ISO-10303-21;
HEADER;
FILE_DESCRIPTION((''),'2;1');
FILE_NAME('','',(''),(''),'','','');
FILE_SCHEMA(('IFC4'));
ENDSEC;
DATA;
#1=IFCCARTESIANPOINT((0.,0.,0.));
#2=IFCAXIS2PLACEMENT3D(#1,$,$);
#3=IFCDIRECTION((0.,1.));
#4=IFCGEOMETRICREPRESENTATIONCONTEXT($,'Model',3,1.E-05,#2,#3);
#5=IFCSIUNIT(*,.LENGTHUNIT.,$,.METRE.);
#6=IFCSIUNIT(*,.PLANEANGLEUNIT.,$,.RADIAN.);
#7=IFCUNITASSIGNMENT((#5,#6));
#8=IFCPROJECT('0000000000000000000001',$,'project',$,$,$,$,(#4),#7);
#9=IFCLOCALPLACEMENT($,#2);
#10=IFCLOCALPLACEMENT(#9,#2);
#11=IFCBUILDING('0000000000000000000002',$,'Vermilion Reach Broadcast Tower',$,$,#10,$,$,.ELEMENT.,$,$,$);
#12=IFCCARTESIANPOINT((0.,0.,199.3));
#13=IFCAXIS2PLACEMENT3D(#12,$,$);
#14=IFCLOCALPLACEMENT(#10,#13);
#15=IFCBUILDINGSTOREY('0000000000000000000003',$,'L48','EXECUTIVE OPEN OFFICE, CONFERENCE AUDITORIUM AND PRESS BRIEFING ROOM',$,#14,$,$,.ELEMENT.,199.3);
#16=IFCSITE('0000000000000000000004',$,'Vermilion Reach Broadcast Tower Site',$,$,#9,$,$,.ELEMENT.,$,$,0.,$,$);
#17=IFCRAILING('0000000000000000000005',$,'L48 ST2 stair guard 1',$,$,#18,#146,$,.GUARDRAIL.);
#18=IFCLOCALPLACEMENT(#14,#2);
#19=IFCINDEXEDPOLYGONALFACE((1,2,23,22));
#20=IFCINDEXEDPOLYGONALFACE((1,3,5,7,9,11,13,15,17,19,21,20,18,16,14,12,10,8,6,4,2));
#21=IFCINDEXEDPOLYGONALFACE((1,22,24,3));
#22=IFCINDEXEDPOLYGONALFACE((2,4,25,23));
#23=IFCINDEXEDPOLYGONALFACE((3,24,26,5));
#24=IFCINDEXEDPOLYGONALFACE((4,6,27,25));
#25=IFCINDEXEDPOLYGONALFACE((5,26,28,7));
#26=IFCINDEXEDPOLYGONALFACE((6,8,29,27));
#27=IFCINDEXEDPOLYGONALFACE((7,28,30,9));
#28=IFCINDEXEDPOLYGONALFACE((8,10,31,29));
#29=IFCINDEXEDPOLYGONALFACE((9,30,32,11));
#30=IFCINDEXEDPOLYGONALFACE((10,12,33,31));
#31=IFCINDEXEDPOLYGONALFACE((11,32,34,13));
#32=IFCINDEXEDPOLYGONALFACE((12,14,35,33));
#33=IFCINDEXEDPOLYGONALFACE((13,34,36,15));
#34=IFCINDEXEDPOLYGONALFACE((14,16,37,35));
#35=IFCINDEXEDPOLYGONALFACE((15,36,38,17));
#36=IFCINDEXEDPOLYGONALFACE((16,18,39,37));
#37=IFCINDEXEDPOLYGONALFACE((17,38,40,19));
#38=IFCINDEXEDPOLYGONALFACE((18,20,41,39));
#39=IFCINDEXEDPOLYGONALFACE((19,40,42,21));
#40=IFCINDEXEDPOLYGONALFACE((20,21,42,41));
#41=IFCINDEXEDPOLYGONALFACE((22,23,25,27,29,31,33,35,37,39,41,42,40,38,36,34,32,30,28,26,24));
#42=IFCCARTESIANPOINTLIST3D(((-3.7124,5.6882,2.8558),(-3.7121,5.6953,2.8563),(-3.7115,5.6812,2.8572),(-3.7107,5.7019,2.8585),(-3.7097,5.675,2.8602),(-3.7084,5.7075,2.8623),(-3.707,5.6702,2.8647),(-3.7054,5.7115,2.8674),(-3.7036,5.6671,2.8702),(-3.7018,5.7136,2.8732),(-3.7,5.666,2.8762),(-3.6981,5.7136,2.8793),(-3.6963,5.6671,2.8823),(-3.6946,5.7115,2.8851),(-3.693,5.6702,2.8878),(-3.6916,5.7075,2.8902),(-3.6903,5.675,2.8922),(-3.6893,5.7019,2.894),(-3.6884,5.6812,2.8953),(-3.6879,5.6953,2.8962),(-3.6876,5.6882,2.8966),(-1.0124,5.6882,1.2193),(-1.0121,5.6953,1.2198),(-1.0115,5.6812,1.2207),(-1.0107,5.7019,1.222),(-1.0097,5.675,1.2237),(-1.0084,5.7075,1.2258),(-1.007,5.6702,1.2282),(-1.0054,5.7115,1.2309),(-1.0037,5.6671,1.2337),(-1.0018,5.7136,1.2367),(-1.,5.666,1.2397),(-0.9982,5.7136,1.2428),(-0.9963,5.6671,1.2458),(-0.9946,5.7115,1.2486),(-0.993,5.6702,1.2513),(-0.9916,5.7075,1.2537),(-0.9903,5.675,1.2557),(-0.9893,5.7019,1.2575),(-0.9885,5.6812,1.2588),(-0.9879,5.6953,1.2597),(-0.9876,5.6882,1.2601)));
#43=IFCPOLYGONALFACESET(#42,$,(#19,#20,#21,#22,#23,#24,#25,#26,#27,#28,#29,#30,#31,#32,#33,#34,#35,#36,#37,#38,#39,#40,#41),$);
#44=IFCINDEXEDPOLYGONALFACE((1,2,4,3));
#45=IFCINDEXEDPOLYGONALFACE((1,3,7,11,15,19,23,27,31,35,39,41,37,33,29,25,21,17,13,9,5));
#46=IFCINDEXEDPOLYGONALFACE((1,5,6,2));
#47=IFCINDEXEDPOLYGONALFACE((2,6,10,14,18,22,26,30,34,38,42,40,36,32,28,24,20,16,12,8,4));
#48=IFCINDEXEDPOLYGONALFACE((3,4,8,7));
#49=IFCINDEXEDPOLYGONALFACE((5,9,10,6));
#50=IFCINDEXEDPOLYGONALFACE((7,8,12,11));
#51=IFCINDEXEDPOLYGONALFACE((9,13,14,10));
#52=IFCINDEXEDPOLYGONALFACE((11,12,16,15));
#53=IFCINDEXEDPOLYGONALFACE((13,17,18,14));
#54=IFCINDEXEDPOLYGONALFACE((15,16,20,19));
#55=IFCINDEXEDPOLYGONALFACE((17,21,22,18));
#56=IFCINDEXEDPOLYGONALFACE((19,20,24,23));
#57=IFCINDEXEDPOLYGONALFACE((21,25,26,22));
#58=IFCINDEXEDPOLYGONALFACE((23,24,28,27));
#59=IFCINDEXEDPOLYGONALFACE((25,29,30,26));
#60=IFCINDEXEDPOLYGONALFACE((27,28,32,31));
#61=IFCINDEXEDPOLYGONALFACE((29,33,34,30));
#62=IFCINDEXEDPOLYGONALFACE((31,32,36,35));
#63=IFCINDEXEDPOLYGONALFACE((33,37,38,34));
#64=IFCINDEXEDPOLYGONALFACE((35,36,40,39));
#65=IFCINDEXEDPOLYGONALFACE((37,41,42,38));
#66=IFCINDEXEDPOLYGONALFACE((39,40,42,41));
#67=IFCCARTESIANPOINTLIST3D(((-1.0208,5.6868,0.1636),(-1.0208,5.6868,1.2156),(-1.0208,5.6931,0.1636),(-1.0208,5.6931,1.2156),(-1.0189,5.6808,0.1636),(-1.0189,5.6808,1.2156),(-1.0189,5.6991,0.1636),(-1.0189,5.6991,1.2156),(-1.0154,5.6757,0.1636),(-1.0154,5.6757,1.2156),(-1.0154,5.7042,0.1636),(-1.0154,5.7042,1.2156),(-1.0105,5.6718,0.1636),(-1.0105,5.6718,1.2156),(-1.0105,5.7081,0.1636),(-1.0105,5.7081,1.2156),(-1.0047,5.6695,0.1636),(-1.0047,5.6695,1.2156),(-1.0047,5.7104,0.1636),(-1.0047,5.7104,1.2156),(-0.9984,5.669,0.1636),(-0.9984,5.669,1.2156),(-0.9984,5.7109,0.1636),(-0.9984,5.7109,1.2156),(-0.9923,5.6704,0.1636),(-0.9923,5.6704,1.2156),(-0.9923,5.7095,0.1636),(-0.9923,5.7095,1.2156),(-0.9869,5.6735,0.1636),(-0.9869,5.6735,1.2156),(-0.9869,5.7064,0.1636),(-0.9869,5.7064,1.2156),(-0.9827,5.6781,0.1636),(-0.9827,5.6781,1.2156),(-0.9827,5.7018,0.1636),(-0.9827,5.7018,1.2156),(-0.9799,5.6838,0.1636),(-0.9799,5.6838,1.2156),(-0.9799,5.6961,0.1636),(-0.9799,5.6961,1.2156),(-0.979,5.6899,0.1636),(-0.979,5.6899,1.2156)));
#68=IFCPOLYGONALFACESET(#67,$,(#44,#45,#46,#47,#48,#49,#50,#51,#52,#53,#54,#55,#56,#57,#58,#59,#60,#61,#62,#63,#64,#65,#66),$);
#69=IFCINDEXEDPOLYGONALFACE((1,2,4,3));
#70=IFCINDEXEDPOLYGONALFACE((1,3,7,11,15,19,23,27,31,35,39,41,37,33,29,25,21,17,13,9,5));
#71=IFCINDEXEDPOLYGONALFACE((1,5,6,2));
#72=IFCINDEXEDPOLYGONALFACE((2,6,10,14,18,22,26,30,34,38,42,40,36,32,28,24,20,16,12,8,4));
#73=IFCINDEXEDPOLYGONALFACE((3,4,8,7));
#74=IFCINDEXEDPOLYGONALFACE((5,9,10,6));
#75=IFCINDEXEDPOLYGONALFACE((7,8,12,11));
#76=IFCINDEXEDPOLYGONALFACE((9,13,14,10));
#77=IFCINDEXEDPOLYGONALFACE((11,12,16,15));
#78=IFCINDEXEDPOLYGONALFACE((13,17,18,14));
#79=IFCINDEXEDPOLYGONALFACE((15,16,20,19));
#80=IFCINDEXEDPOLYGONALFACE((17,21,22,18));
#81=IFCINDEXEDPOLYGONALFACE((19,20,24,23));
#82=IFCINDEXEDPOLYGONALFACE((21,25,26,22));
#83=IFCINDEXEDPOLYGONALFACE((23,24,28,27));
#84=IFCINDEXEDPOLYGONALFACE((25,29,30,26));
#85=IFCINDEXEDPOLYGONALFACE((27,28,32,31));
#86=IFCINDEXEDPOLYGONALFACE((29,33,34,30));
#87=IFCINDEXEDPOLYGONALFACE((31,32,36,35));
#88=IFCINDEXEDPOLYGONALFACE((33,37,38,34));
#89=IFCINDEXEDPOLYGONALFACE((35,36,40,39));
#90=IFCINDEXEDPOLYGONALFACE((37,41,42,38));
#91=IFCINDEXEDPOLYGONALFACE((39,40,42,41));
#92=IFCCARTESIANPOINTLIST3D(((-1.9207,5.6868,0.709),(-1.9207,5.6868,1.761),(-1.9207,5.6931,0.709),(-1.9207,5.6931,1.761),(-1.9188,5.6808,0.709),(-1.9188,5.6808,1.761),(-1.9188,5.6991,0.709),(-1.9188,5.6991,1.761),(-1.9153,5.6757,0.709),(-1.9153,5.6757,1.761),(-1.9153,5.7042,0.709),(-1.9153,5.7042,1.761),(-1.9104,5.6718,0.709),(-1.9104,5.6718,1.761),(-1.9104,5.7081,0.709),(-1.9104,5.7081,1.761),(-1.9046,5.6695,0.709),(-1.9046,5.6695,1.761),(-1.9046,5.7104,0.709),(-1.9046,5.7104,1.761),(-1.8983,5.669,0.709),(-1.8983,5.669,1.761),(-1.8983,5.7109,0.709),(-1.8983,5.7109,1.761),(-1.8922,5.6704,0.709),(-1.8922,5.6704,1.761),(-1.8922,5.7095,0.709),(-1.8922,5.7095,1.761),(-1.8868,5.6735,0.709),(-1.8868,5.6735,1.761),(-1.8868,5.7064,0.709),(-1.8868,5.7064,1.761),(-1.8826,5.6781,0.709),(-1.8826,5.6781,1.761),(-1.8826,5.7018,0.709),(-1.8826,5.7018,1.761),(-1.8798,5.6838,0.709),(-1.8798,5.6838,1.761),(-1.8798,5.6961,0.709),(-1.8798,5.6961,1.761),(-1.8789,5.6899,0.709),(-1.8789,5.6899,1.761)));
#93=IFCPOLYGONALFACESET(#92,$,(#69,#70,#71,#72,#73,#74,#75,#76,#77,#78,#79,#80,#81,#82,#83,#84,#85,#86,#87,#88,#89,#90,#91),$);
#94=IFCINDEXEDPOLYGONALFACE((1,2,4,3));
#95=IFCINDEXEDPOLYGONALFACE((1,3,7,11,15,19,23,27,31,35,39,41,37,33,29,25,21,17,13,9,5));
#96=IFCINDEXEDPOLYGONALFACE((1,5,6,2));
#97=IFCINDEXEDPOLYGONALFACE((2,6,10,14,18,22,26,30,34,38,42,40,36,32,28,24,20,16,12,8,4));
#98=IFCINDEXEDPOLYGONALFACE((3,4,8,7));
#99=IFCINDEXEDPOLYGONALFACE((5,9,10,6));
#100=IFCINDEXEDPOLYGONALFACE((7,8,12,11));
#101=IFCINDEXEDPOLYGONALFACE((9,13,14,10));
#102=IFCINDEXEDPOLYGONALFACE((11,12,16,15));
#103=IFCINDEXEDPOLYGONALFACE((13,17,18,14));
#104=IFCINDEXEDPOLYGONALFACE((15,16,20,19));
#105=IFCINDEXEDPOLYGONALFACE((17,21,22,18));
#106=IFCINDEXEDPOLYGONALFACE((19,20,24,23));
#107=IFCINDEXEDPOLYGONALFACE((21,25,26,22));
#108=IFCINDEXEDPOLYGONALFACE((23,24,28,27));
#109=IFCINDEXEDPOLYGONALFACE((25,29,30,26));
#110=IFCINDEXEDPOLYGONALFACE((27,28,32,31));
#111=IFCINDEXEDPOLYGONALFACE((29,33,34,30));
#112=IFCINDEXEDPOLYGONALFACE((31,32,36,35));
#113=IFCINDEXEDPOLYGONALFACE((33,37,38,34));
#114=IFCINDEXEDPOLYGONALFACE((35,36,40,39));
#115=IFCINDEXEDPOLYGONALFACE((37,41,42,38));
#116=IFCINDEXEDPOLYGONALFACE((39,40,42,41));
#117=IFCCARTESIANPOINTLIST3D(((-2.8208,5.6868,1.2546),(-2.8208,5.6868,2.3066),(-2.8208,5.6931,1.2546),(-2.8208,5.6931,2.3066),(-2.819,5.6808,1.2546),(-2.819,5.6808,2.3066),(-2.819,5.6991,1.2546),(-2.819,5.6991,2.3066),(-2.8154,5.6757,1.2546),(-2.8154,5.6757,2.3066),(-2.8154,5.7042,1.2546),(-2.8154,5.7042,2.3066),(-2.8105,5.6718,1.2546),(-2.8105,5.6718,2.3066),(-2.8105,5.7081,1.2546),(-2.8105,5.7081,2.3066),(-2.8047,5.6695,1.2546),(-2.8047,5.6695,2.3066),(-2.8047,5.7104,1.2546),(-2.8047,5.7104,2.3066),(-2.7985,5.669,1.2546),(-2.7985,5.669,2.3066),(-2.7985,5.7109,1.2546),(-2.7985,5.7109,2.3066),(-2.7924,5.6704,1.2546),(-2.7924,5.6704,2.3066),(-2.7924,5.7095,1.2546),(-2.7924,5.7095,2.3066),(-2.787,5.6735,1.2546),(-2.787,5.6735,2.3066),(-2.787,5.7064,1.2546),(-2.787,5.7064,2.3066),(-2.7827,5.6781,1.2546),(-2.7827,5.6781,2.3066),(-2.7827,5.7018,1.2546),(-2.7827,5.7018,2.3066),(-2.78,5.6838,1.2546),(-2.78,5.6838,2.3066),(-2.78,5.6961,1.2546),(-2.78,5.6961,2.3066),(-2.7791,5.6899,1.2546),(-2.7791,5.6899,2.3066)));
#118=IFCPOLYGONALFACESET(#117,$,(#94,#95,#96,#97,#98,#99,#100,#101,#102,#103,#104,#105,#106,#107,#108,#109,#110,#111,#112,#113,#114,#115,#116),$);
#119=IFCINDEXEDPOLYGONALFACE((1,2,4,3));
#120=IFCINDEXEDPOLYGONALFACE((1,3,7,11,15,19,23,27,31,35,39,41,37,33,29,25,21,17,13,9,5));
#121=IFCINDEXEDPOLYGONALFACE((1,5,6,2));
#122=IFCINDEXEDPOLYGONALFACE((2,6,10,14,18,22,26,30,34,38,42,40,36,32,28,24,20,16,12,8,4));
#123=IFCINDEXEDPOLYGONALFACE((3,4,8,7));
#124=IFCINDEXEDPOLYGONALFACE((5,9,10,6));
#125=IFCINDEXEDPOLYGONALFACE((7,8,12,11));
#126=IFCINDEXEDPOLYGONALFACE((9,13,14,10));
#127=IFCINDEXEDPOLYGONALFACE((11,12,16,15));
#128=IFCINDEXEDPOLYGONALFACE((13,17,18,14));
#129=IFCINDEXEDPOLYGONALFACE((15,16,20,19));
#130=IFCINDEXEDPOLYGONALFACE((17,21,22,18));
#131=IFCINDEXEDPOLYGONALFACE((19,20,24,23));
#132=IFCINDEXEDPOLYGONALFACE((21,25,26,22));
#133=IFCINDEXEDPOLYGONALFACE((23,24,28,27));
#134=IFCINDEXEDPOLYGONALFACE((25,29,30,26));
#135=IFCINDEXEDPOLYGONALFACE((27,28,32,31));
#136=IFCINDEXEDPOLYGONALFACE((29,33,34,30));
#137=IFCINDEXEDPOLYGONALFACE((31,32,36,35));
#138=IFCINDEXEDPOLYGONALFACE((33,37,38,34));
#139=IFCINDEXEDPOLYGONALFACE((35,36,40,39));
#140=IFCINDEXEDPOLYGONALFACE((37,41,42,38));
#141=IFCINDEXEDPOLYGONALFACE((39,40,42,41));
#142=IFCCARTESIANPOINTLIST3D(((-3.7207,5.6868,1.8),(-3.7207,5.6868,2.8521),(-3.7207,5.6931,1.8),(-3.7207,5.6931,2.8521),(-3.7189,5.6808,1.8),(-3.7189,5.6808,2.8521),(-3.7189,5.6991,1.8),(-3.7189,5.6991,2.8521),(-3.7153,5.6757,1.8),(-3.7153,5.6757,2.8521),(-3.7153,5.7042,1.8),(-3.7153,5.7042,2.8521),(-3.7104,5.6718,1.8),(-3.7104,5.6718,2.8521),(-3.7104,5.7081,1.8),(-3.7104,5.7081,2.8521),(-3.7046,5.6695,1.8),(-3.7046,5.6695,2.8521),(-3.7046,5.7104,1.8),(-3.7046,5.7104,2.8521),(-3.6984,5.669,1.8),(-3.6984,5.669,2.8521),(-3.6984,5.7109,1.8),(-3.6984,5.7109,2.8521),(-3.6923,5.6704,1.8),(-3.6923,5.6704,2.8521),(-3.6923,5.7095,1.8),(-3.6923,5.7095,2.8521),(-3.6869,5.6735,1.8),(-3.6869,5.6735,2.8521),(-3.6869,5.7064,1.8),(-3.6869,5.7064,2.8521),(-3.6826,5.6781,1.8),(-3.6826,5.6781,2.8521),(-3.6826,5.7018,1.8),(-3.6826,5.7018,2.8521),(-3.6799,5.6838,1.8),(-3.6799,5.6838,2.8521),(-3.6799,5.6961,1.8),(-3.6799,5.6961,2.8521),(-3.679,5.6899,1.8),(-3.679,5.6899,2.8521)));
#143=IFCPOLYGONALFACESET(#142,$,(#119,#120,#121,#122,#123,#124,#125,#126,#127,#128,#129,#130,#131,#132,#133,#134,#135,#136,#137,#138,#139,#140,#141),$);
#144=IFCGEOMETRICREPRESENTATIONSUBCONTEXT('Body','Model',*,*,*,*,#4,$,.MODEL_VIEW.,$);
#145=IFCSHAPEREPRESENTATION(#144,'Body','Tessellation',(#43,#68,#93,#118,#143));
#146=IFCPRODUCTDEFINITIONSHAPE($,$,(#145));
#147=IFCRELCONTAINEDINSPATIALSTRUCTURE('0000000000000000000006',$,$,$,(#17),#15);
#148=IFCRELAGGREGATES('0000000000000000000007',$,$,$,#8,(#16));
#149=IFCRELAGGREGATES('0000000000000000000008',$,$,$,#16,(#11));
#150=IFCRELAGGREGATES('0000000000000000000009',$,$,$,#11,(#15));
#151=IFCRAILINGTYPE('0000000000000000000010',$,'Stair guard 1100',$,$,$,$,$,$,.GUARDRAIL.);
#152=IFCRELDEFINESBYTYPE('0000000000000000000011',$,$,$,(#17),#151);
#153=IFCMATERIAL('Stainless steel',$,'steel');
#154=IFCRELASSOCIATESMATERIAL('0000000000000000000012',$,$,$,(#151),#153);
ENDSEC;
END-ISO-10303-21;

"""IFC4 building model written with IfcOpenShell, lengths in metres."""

from ifc_helpers import new_model, si_unit, direction, frame, origin, origin_2d, place, context, subcontext, project, spatial, circle, extrude, material, type_object, element, save


model = new_model("IFC4")

# Units and contexts
model_context = context("Model", 3, precision=1e-05, world=origin(), true_north=direction((0.0, 1.0)))
body_context = subcontext(model_context, "Body", "Model", "MODEL_VIEW")
ifc_project = project(units=[si_unit("LENGTHUNIT", "METRE"), si_unit("PLANEANGLEUNIT", "RADIAN")], contexts=[model_context])

# Site, building, storey
site_placement = place(None, origin())
site = spatial("IfcSite", under=ifc_project, at=site_placement, Name="Vermilion Reach Broadcast Tower Site", CompositionType="ELEMENT", RefElevation=0.0)
building_placement = place(site_placement, origin())
building = spatial("IfcBuilding", under=site, at=building_placement, Name="Vermilion Reach Broadcast Tower", CompositionType="ELEMENT")
storey_placement = place(building_placement, frame((0.0, 0.0, 199.3)))
storey = spatial("IfcBuildingStorey", under=building, at=storey_placement, Name="L48", Description="EXECUTIVE OPEN OFFICE, CONFERENCE AUDITORIUM AND PRESS BRIEFING ROOM", CompositionType="ELEMENT", Elevation=199.3)

# Railing
ifc_material_1 = material(Name="Stainless steel", Category="steel")
railing_type_1 = type_object("IfcRailingType", Name="Stair guard 1100", PredefinedType="GUARDRAIL", material=ifc_material_1)
railing_1_placement = place(storey_placement, frame((-1.0, 5.6899, 0.1636)))
element("IfcRailing", 1, at=railing_1_placement, inside=storey, type_object=railing_type_1, Name="L48 ST2 stair guard 1", PredefinedType="GUARDRAIL", context=body_context, shape_type="SweptSolid", body=[
    extrude(circle(Radius=0.0239, at=origin_2d()), frame((0.0, 0.0, 1.0762), z_axis=(-0.855178, 0.0, 0.518334), x_axis=(0.0, -1.0, 0.0)), (0.0, 0.0, 1.0), 3.1572),
    extrude(circle(Radius=0.021, at=origin_2d()), origin(), (0.0, 0.0, 1.0), 1.052),
    extrude(circle(Radius=0.021, at=origin_2d()), frame((-0.8999, 0.0, 0.5454)), (0.0, 0.0, 1.0), 1.052),
    extrude(circle(Radius=0.021, at=origin_2d()), frame((-1.8, 0.0, 1.0911)), (0.0, 0.0, 1.0), 1.052),
    extrude(circle(Radius=0.021, at=origin_2d()), frame((-2.7, 0.0, 1.6365)), (0.0, 0.0, 1.0), 1.052),
])

save(model, "model.ifc")
